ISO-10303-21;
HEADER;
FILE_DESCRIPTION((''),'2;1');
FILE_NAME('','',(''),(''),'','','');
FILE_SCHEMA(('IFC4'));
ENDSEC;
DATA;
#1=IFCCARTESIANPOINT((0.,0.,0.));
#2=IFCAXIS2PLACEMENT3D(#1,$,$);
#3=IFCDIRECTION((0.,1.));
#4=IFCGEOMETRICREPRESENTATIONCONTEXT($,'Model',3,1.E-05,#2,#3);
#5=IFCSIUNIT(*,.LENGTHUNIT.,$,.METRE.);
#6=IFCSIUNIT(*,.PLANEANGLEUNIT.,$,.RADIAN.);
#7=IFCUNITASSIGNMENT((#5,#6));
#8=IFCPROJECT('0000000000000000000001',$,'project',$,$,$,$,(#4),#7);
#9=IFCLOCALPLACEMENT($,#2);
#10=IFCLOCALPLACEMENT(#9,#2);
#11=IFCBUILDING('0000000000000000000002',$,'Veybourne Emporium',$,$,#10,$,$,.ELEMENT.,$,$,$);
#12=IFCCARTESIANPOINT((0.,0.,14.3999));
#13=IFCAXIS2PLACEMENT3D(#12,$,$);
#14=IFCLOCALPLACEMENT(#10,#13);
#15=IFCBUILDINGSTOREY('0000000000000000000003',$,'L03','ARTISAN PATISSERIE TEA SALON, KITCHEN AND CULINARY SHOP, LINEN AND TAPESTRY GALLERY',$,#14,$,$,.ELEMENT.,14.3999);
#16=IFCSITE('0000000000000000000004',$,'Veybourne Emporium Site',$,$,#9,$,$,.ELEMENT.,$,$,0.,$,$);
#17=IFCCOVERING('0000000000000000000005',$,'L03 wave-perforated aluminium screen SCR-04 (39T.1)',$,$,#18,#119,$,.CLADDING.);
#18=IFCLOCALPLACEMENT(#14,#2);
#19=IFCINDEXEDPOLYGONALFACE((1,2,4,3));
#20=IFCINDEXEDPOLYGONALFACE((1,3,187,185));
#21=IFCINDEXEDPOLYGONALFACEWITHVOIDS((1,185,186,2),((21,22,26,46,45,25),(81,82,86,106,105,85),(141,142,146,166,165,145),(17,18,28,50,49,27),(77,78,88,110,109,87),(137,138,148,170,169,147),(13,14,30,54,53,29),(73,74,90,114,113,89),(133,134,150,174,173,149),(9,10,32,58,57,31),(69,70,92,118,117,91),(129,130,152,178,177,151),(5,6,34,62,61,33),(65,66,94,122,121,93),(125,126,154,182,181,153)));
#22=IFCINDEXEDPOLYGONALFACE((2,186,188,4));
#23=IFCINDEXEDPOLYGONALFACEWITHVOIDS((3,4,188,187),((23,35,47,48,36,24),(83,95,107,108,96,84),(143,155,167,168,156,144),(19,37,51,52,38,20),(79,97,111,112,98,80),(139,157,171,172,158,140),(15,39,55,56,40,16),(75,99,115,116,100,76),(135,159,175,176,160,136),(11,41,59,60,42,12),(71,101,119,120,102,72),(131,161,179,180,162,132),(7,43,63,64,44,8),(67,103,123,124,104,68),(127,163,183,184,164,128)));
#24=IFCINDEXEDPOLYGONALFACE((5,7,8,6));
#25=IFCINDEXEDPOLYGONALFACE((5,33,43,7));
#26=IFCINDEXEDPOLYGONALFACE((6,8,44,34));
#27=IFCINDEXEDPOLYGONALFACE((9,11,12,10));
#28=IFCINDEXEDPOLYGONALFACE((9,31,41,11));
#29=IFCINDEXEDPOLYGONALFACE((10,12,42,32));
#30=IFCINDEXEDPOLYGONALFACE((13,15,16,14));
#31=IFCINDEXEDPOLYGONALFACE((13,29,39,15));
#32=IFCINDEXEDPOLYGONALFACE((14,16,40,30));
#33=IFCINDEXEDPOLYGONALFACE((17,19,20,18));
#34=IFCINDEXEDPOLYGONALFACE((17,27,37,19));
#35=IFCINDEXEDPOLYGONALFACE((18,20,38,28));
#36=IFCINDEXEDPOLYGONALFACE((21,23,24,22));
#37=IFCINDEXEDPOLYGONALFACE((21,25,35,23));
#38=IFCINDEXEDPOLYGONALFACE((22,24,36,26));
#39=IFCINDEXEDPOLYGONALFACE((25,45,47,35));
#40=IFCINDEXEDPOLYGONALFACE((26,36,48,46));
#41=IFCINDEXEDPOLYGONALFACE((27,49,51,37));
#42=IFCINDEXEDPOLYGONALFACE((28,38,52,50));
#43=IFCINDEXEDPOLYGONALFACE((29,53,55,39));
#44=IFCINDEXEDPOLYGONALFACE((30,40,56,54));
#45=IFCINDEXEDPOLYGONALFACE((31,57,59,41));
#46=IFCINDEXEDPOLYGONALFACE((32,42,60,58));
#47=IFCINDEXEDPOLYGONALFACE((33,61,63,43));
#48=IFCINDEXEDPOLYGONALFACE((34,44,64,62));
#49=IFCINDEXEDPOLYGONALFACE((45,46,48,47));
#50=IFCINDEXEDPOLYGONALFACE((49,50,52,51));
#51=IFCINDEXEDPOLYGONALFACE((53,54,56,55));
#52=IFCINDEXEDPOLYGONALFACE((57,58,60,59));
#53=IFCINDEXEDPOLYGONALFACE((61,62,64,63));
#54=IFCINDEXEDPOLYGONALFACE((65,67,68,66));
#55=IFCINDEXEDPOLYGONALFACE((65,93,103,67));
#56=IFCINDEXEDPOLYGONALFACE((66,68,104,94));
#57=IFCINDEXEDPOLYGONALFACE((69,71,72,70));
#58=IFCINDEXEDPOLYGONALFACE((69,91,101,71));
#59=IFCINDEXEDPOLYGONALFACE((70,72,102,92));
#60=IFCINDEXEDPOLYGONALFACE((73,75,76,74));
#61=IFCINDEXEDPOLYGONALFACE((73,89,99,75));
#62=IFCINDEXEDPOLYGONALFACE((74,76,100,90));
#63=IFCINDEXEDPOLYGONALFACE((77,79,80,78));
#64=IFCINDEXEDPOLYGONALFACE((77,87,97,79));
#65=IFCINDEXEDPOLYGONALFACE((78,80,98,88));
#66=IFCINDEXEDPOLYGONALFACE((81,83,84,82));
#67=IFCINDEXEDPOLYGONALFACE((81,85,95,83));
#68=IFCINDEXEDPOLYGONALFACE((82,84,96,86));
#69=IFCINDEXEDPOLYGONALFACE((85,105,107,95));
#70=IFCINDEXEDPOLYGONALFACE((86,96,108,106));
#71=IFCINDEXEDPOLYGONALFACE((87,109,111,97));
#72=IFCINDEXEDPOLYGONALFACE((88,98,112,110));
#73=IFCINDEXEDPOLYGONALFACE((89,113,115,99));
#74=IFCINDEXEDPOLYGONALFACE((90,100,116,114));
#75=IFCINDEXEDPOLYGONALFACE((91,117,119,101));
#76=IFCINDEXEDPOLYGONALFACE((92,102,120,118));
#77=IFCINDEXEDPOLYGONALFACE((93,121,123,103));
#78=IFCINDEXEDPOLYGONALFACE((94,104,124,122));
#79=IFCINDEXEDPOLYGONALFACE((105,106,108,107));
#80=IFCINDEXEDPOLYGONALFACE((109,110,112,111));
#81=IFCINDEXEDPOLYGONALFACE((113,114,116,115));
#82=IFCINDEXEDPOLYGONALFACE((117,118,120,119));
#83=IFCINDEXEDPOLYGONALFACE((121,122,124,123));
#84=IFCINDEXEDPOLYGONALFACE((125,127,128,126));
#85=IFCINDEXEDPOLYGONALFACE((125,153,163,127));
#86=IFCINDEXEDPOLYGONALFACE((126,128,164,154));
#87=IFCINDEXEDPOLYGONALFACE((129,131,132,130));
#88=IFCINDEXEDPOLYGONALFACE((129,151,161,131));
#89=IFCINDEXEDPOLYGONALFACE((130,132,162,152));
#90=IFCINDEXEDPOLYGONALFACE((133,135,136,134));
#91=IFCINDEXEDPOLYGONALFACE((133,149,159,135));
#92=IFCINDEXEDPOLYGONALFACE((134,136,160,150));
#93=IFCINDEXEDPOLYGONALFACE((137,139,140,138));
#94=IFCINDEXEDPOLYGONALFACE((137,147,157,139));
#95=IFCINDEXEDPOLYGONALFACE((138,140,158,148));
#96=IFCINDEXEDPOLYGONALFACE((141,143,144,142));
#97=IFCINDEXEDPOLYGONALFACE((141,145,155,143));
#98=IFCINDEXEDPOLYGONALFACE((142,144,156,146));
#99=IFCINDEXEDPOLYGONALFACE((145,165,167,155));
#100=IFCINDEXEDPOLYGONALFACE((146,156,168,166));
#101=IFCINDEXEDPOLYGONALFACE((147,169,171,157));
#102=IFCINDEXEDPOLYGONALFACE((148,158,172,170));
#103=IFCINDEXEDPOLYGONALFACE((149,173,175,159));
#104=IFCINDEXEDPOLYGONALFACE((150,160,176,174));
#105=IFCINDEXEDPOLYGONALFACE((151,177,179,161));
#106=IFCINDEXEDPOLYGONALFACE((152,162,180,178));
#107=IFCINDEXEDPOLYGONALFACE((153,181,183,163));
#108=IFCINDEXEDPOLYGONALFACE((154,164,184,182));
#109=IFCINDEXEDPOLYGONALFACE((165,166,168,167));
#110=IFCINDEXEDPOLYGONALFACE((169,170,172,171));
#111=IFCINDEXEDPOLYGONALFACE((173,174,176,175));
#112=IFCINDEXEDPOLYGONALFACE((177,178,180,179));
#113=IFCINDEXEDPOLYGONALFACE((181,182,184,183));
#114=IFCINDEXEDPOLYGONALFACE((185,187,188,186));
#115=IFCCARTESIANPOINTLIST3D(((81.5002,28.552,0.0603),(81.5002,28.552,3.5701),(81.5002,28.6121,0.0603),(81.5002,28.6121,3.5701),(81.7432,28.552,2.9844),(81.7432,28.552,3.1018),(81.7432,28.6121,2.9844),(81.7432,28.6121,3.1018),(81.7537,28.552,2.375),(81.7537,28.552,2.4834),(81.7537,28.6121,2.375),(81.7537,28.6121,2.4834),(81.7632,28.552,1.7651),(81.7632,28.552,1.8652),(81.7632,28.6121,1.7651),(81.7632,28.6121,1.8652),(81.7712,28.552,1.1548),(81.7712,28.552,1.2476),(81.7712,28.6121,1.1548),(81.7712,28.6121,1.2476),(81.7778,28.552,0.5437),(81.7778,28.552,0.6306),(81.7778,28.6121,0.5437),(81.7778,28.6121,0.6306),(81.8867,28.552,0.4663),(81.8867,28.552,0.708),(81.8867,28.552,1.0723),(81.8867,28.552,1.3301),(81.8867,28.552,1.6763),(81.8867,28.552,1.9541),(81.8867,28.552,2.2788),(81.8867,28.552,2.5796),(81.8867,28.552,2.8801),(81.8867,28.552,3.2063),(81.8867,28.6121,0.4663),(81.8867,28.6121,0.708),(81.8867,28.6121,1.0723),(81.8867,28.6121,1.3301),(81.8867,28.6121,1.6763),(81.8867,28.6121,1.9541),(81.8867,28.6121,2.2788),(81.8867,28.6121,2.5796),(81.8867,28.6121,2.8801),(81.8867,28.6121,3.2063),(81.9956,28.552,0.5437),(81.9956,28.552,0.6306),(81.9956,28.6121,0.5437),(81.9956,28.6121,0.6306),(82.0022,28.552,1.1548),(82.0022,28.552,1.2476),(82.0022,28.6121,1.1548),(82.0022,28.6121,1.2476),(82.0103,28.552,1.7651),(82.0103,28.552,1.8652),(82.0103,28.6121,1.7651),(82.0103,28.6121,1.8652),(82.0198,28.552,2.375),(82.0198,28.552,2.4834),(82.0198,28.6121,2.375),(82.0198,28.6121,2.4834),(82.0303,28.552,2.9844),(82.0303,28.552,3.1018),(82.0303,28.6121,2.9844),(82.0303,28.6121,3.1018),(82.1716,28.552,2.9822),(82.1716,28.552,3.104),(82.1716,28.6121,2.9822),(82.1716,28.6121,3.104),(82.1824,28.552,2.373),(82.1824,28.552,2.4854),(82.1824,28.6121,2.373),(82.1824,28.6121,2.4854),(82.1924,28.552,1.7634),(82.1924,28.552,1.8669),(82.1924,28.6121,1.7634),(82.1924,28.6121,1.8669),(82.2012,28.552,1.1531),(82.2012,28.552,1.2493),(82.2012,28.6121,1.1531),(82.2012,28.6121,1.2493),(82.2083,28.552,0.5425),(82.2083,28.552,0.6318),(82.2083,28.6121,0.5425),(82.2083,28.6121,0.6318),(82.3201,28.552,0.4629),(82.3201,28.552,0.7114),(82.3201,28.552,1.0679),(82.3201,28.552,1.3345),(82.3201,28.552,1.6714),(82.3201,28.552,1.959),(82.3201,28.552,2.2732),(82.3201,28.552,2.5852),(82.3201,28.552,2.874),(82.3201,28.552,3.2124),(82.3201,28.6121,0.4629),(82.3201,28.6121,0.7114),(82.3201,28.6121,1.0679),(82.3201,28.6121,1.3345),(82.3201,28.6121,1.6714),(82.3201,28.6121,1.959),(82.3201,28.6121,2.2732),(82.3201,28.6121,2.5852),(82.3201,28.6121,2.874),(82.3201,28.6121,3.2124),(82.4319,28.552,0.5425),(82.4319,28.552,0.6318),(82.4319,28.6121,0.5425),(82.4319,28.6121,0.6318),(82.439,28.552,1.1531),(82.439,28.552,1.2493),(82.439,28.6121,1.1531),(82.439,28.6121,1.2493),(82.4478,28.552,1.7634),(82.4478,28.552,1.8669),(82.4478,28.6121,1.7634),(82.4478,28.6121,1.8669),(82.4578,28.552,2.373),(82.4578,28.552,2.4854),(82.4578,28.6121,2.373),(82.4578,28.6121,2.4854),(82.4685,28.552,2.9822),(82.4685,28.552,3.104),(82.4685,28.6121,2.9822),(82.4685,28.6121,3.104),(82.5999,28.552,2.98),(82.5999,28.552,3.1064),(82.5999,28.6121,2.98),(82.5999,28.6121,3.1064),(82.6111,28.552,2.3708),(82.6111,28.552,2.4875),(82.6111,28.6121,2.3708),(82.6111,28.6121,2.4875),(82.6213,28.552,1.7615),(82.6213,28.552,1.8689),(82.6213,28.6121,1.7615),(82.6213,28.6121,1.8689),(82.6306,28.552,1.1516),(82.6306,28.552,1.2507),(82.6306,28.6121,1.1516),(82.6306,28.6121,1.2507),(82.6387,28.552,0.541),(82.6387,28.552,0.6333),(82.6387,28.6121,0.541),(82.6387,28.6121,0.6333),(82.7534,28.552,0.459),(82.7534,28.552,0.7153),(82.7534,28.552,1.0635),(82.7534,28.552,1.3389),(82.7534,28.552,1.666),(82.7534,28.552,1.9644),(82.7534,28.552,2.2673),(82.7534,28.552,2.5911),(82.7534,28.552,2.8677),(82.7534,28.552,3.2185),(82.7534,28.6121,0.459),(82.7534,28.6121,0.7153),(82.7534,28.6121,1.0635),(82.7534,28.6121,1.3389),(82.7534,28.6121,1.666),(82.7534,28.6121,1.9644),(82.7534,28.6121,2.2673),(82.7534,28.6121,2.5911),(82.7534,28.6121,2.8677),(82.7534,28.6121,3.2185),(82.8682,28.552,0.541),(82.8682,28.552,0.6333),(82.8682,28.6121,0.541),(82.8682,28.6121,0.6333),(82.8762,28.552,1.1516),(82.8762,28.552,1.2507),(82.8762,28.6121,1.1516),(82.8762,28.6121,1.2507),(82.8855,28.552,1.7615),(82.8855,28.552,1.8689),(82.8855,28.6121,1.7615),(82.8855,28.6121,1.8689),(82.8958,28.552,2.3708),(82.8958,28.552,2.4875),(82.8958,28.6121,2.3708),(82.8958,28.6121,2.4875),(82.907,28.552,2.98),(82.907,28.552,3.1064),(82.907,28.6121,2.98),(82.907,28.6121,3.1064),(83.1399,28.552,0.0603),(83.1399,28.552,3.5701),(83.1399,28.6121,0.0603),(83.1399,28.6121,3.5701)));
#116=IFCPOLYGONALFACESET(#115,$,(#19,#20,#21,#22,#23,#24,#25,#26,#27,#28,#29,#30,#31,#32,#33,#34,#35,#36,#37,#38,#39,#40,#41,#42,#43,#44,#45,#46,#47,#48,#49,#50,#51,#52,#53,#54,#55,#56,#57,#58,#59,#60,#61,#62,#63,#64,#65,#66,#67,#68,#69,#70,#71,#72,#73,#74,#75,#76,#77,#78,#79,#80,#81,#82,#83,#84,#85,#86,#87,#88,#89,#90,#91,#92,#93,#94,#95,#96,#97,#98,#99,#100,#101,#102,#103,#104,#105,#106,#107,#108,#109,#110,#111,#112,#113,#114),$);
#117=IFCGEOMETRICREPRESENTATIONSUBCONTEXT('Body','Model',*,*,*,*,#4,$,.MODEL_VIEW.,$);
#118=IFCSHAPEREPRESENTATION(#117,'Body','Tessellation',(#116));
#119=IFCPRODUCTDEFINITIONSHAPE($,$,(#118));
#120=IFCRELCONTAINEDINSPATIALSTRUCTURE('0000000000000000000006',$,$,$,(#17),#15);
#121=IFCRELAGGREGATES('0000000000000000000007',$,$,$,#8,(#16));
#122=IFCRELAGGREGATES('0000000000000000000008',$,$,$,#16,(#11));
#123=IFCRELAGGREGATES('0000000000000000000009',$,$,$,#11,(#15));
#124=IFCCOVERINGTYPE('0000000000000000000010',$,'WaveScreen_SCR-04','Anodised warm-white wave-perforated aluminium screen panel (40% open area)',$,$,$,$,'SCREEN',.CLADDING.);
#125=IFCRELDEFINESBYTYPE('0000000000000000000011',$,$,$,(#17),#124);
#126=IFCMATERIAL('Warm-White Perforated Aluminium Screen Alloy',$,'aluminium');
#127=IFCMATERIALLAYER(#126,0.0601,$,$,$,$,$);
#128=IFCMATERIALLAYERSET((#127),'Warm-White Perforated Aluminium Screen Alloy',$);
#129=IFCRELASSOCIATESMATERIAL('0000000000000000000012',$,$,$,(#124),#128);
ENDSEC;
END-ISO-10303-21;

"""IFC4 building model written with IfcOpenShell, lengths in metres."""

from ifc_helpers import new_model, si_unit, direction, frame, origin, place, context, subcontext, project, spatial, polyline, outline, extrude, material, layer, layer_set, type_object, element, save


model = new_model("IFC4")

# Units and contexts
model_context = context("Model", 3, precision=1e-05, world=origin(), true_north=direction((0.0, 1.0)))
body_context = subcontext(model_context, "Body", "Model", "MODEL_VIEW")
ifc_project = project(units=[si_unit("LENGTHUNIT", "METRE"), si_unit("PLANEANGLEUNIT", "RADIAN")], contexts=[model_context])

# Site, building, storey
site_placement = place(None, origin())
site = spatial("IfcSite", under=ifc_project, at=site_placement, Name="Veybourne Emporium Site", CompositionType="ELEMENT", RefElevation=0.0)
building_placement = place(site_placement, origin())
building = spatial("IfcBuilding", under=site, at=building_placement, Name="Veybourne Emporium", CompositionType="ELEMENT")
storey_placement = place(building_placement, frame((0.0, 0.0, 14.3999)))
storey = spatial("IfcBuildingStorey", under=building, at=storey_placement, Name="L03", Description="ARTISAN PATISSERIE TEA SALON, KITCHEN AND CULINARY SHOP, LINEN AND TAPESTRY GALLERY", CompositionType="ELEMENT", Elevation=14.3999)

# Covering
ifc_material_1 = material(Name="Warm-White Perforated Aluminium Screen Alloy", Category="aluminium")
ifc_layer_1 = layer(ifc_material_1, 0.0601)
ifc_layer_set_1 = layer_set([ifc_layer_1], Name="Warm-White Perforated Aluminium Screen Alloy")
covering_type_1 = type_object("IfcCoveringType", Name="WaveScreen_SCR-04", Description="Anodised warm-white wave-perforated aluminium screen panel (40% open area)", ElementType="SCREEN", PredefinedType="CLADDING", material=ifc_layer_set_1)
covering_1_placement = place(storey_placement, frame((82.3201, 28.552, 1.8152), z_axis=(0.0, 1.0, 0.0), x_axis=(-1.0, 0.0, 0.0)))
element("IfcCovering", 1, at=covering_1_placement, inside=storey, type_object=covering_type_1, Name="L03 wave-perforated aluminium screen SCR-04 (39T.1)", PredefinedType="CLADDING", context=body_context, shape_type="SweptSolid", body=[
    extrude(outline(polyline([(-0.8198, -1.7549), (0.8198, -1.7549), (0.8198, 1.7549), (-0.8198, 1.7549), (-0.8198, -1.7549)]), holes=[polyline([(-0.4333, -1.0999), (-0.3186, -1.1819), (-0.3186, -1.2742), (-0.4333, -1.3562), (-0.5481, -1.2742), (-0.5481, -1.1819), (-0.4333, -1.0999)]), polyline([(-0.4333, -0.4763), (-0.3105, -0.5645), (-0.3105, -0.6636), (-0.4333, -0.7517), (-0.5562, -0.6636), (-0.5562, -0.5645), (-0.4333, -0.4763)]), polyline([(-0.4333, 0.1492), (-0.3013, 0.0537), (-0.3013, -0.0537), (-0.4333, -0.1492), (-0.5654, -0.0537), (-0.5654, 0.0537), (-0.4333, 0.1492)]), polyline([(-0.4333, 0.7759), (-0.291, 0.6724), (-0.291, 0.5557), (-0.4333, 0.4521), (-0.5757, 0.5557), (-0.5757, 0.6724), (-0.4333, 0.7759)]), polyline([(-0.4333, 1.4033), (-0.2798, 1.2913), (-0.2798, 1.1648), (-0.4333, 1.0525), (-0.5869, 1.1648), (-0.5869, 1.2913), (-0.4333, 1.4033)]), polyline([(0.0, -1.1038), (0.1118, -1.1833), (0.1118, -1.2727), (0.0, -1.3523), (-0.1118, -1.2727), (-0.1118, -1.1833), (0.0, -1.1038)]), polyline([(0.0, -0.4807), (0.1189, -0.5659), (0.1189, -0.6621), (0.0, -0.7473), (-0.1189, -0.6621), (-0.1189, -0.5659), (0.0, -0.4807)]), polyline([(0.0, 0.1438), (0.1277, 0.0518), (0.1277, -0.0518), (0.0, -0.1438), (-0.1277, -0.0518), (-0.1277, 0.0518), (0.0, 0.1438)]), polyline([(0.0, 0.77), (0.1377, 0.6702), (0.1377, 0.5579), (0.0, 0.458), (-0.1377, 0.5579), (-0.1377, 0.6702), (0.0, 0.77)]), polyline([(0.0, 1.3972), (0.1484, 1.2888), (0.1484, 1.167), (0.0, 1.0588), (-0.1484, 1.167), (-0.1484, 1.2888), (0.0, 1.3972)]), polyline([(0.4333, -1.1072), (0.5422, -1.1846), (0.5422, -1.2715), (0.4333, -1.3489), (0.3245, -1.2715), (0.3245, -1.1846), (0.4333, -1.1072)]), polyline([(0.4333, -0.4851), (0.5488, -0.5676), (0.5488, -0.6604), (0.4333, -0.7429), (0.3179, -0.6604), (0.3179, -0.5676), (0.4333, -0.4851)]), polyline([(0.4333, 0.1389), (0.5569, 0.05), (0.5569, -0.05), (0.4333, -0.1389), (0.3098, -0.05), (0.3098, 0.05), (0.4333, 0.1389)]), polyline([(0.4333, 0.7644), (0.5664, 0.6682), (0.5664, 0.5598), (0.4333, 0.4636), (0.3003, 0.5598), (0.3003, 0.6682), (0.4333, 0.7644)]), polyline([(0.4333, 1.3911), (0.5769, 1.2866), (0.5769, 1.1692), (0.4333, 1.0649), (0.2898, 1.1692), (0.2898, 1.2866), (0.4333, 1.3911)])]), origin(), (0.0, 0.0, 1.0), 0.0601),
])

save(model, "model.ifc")
